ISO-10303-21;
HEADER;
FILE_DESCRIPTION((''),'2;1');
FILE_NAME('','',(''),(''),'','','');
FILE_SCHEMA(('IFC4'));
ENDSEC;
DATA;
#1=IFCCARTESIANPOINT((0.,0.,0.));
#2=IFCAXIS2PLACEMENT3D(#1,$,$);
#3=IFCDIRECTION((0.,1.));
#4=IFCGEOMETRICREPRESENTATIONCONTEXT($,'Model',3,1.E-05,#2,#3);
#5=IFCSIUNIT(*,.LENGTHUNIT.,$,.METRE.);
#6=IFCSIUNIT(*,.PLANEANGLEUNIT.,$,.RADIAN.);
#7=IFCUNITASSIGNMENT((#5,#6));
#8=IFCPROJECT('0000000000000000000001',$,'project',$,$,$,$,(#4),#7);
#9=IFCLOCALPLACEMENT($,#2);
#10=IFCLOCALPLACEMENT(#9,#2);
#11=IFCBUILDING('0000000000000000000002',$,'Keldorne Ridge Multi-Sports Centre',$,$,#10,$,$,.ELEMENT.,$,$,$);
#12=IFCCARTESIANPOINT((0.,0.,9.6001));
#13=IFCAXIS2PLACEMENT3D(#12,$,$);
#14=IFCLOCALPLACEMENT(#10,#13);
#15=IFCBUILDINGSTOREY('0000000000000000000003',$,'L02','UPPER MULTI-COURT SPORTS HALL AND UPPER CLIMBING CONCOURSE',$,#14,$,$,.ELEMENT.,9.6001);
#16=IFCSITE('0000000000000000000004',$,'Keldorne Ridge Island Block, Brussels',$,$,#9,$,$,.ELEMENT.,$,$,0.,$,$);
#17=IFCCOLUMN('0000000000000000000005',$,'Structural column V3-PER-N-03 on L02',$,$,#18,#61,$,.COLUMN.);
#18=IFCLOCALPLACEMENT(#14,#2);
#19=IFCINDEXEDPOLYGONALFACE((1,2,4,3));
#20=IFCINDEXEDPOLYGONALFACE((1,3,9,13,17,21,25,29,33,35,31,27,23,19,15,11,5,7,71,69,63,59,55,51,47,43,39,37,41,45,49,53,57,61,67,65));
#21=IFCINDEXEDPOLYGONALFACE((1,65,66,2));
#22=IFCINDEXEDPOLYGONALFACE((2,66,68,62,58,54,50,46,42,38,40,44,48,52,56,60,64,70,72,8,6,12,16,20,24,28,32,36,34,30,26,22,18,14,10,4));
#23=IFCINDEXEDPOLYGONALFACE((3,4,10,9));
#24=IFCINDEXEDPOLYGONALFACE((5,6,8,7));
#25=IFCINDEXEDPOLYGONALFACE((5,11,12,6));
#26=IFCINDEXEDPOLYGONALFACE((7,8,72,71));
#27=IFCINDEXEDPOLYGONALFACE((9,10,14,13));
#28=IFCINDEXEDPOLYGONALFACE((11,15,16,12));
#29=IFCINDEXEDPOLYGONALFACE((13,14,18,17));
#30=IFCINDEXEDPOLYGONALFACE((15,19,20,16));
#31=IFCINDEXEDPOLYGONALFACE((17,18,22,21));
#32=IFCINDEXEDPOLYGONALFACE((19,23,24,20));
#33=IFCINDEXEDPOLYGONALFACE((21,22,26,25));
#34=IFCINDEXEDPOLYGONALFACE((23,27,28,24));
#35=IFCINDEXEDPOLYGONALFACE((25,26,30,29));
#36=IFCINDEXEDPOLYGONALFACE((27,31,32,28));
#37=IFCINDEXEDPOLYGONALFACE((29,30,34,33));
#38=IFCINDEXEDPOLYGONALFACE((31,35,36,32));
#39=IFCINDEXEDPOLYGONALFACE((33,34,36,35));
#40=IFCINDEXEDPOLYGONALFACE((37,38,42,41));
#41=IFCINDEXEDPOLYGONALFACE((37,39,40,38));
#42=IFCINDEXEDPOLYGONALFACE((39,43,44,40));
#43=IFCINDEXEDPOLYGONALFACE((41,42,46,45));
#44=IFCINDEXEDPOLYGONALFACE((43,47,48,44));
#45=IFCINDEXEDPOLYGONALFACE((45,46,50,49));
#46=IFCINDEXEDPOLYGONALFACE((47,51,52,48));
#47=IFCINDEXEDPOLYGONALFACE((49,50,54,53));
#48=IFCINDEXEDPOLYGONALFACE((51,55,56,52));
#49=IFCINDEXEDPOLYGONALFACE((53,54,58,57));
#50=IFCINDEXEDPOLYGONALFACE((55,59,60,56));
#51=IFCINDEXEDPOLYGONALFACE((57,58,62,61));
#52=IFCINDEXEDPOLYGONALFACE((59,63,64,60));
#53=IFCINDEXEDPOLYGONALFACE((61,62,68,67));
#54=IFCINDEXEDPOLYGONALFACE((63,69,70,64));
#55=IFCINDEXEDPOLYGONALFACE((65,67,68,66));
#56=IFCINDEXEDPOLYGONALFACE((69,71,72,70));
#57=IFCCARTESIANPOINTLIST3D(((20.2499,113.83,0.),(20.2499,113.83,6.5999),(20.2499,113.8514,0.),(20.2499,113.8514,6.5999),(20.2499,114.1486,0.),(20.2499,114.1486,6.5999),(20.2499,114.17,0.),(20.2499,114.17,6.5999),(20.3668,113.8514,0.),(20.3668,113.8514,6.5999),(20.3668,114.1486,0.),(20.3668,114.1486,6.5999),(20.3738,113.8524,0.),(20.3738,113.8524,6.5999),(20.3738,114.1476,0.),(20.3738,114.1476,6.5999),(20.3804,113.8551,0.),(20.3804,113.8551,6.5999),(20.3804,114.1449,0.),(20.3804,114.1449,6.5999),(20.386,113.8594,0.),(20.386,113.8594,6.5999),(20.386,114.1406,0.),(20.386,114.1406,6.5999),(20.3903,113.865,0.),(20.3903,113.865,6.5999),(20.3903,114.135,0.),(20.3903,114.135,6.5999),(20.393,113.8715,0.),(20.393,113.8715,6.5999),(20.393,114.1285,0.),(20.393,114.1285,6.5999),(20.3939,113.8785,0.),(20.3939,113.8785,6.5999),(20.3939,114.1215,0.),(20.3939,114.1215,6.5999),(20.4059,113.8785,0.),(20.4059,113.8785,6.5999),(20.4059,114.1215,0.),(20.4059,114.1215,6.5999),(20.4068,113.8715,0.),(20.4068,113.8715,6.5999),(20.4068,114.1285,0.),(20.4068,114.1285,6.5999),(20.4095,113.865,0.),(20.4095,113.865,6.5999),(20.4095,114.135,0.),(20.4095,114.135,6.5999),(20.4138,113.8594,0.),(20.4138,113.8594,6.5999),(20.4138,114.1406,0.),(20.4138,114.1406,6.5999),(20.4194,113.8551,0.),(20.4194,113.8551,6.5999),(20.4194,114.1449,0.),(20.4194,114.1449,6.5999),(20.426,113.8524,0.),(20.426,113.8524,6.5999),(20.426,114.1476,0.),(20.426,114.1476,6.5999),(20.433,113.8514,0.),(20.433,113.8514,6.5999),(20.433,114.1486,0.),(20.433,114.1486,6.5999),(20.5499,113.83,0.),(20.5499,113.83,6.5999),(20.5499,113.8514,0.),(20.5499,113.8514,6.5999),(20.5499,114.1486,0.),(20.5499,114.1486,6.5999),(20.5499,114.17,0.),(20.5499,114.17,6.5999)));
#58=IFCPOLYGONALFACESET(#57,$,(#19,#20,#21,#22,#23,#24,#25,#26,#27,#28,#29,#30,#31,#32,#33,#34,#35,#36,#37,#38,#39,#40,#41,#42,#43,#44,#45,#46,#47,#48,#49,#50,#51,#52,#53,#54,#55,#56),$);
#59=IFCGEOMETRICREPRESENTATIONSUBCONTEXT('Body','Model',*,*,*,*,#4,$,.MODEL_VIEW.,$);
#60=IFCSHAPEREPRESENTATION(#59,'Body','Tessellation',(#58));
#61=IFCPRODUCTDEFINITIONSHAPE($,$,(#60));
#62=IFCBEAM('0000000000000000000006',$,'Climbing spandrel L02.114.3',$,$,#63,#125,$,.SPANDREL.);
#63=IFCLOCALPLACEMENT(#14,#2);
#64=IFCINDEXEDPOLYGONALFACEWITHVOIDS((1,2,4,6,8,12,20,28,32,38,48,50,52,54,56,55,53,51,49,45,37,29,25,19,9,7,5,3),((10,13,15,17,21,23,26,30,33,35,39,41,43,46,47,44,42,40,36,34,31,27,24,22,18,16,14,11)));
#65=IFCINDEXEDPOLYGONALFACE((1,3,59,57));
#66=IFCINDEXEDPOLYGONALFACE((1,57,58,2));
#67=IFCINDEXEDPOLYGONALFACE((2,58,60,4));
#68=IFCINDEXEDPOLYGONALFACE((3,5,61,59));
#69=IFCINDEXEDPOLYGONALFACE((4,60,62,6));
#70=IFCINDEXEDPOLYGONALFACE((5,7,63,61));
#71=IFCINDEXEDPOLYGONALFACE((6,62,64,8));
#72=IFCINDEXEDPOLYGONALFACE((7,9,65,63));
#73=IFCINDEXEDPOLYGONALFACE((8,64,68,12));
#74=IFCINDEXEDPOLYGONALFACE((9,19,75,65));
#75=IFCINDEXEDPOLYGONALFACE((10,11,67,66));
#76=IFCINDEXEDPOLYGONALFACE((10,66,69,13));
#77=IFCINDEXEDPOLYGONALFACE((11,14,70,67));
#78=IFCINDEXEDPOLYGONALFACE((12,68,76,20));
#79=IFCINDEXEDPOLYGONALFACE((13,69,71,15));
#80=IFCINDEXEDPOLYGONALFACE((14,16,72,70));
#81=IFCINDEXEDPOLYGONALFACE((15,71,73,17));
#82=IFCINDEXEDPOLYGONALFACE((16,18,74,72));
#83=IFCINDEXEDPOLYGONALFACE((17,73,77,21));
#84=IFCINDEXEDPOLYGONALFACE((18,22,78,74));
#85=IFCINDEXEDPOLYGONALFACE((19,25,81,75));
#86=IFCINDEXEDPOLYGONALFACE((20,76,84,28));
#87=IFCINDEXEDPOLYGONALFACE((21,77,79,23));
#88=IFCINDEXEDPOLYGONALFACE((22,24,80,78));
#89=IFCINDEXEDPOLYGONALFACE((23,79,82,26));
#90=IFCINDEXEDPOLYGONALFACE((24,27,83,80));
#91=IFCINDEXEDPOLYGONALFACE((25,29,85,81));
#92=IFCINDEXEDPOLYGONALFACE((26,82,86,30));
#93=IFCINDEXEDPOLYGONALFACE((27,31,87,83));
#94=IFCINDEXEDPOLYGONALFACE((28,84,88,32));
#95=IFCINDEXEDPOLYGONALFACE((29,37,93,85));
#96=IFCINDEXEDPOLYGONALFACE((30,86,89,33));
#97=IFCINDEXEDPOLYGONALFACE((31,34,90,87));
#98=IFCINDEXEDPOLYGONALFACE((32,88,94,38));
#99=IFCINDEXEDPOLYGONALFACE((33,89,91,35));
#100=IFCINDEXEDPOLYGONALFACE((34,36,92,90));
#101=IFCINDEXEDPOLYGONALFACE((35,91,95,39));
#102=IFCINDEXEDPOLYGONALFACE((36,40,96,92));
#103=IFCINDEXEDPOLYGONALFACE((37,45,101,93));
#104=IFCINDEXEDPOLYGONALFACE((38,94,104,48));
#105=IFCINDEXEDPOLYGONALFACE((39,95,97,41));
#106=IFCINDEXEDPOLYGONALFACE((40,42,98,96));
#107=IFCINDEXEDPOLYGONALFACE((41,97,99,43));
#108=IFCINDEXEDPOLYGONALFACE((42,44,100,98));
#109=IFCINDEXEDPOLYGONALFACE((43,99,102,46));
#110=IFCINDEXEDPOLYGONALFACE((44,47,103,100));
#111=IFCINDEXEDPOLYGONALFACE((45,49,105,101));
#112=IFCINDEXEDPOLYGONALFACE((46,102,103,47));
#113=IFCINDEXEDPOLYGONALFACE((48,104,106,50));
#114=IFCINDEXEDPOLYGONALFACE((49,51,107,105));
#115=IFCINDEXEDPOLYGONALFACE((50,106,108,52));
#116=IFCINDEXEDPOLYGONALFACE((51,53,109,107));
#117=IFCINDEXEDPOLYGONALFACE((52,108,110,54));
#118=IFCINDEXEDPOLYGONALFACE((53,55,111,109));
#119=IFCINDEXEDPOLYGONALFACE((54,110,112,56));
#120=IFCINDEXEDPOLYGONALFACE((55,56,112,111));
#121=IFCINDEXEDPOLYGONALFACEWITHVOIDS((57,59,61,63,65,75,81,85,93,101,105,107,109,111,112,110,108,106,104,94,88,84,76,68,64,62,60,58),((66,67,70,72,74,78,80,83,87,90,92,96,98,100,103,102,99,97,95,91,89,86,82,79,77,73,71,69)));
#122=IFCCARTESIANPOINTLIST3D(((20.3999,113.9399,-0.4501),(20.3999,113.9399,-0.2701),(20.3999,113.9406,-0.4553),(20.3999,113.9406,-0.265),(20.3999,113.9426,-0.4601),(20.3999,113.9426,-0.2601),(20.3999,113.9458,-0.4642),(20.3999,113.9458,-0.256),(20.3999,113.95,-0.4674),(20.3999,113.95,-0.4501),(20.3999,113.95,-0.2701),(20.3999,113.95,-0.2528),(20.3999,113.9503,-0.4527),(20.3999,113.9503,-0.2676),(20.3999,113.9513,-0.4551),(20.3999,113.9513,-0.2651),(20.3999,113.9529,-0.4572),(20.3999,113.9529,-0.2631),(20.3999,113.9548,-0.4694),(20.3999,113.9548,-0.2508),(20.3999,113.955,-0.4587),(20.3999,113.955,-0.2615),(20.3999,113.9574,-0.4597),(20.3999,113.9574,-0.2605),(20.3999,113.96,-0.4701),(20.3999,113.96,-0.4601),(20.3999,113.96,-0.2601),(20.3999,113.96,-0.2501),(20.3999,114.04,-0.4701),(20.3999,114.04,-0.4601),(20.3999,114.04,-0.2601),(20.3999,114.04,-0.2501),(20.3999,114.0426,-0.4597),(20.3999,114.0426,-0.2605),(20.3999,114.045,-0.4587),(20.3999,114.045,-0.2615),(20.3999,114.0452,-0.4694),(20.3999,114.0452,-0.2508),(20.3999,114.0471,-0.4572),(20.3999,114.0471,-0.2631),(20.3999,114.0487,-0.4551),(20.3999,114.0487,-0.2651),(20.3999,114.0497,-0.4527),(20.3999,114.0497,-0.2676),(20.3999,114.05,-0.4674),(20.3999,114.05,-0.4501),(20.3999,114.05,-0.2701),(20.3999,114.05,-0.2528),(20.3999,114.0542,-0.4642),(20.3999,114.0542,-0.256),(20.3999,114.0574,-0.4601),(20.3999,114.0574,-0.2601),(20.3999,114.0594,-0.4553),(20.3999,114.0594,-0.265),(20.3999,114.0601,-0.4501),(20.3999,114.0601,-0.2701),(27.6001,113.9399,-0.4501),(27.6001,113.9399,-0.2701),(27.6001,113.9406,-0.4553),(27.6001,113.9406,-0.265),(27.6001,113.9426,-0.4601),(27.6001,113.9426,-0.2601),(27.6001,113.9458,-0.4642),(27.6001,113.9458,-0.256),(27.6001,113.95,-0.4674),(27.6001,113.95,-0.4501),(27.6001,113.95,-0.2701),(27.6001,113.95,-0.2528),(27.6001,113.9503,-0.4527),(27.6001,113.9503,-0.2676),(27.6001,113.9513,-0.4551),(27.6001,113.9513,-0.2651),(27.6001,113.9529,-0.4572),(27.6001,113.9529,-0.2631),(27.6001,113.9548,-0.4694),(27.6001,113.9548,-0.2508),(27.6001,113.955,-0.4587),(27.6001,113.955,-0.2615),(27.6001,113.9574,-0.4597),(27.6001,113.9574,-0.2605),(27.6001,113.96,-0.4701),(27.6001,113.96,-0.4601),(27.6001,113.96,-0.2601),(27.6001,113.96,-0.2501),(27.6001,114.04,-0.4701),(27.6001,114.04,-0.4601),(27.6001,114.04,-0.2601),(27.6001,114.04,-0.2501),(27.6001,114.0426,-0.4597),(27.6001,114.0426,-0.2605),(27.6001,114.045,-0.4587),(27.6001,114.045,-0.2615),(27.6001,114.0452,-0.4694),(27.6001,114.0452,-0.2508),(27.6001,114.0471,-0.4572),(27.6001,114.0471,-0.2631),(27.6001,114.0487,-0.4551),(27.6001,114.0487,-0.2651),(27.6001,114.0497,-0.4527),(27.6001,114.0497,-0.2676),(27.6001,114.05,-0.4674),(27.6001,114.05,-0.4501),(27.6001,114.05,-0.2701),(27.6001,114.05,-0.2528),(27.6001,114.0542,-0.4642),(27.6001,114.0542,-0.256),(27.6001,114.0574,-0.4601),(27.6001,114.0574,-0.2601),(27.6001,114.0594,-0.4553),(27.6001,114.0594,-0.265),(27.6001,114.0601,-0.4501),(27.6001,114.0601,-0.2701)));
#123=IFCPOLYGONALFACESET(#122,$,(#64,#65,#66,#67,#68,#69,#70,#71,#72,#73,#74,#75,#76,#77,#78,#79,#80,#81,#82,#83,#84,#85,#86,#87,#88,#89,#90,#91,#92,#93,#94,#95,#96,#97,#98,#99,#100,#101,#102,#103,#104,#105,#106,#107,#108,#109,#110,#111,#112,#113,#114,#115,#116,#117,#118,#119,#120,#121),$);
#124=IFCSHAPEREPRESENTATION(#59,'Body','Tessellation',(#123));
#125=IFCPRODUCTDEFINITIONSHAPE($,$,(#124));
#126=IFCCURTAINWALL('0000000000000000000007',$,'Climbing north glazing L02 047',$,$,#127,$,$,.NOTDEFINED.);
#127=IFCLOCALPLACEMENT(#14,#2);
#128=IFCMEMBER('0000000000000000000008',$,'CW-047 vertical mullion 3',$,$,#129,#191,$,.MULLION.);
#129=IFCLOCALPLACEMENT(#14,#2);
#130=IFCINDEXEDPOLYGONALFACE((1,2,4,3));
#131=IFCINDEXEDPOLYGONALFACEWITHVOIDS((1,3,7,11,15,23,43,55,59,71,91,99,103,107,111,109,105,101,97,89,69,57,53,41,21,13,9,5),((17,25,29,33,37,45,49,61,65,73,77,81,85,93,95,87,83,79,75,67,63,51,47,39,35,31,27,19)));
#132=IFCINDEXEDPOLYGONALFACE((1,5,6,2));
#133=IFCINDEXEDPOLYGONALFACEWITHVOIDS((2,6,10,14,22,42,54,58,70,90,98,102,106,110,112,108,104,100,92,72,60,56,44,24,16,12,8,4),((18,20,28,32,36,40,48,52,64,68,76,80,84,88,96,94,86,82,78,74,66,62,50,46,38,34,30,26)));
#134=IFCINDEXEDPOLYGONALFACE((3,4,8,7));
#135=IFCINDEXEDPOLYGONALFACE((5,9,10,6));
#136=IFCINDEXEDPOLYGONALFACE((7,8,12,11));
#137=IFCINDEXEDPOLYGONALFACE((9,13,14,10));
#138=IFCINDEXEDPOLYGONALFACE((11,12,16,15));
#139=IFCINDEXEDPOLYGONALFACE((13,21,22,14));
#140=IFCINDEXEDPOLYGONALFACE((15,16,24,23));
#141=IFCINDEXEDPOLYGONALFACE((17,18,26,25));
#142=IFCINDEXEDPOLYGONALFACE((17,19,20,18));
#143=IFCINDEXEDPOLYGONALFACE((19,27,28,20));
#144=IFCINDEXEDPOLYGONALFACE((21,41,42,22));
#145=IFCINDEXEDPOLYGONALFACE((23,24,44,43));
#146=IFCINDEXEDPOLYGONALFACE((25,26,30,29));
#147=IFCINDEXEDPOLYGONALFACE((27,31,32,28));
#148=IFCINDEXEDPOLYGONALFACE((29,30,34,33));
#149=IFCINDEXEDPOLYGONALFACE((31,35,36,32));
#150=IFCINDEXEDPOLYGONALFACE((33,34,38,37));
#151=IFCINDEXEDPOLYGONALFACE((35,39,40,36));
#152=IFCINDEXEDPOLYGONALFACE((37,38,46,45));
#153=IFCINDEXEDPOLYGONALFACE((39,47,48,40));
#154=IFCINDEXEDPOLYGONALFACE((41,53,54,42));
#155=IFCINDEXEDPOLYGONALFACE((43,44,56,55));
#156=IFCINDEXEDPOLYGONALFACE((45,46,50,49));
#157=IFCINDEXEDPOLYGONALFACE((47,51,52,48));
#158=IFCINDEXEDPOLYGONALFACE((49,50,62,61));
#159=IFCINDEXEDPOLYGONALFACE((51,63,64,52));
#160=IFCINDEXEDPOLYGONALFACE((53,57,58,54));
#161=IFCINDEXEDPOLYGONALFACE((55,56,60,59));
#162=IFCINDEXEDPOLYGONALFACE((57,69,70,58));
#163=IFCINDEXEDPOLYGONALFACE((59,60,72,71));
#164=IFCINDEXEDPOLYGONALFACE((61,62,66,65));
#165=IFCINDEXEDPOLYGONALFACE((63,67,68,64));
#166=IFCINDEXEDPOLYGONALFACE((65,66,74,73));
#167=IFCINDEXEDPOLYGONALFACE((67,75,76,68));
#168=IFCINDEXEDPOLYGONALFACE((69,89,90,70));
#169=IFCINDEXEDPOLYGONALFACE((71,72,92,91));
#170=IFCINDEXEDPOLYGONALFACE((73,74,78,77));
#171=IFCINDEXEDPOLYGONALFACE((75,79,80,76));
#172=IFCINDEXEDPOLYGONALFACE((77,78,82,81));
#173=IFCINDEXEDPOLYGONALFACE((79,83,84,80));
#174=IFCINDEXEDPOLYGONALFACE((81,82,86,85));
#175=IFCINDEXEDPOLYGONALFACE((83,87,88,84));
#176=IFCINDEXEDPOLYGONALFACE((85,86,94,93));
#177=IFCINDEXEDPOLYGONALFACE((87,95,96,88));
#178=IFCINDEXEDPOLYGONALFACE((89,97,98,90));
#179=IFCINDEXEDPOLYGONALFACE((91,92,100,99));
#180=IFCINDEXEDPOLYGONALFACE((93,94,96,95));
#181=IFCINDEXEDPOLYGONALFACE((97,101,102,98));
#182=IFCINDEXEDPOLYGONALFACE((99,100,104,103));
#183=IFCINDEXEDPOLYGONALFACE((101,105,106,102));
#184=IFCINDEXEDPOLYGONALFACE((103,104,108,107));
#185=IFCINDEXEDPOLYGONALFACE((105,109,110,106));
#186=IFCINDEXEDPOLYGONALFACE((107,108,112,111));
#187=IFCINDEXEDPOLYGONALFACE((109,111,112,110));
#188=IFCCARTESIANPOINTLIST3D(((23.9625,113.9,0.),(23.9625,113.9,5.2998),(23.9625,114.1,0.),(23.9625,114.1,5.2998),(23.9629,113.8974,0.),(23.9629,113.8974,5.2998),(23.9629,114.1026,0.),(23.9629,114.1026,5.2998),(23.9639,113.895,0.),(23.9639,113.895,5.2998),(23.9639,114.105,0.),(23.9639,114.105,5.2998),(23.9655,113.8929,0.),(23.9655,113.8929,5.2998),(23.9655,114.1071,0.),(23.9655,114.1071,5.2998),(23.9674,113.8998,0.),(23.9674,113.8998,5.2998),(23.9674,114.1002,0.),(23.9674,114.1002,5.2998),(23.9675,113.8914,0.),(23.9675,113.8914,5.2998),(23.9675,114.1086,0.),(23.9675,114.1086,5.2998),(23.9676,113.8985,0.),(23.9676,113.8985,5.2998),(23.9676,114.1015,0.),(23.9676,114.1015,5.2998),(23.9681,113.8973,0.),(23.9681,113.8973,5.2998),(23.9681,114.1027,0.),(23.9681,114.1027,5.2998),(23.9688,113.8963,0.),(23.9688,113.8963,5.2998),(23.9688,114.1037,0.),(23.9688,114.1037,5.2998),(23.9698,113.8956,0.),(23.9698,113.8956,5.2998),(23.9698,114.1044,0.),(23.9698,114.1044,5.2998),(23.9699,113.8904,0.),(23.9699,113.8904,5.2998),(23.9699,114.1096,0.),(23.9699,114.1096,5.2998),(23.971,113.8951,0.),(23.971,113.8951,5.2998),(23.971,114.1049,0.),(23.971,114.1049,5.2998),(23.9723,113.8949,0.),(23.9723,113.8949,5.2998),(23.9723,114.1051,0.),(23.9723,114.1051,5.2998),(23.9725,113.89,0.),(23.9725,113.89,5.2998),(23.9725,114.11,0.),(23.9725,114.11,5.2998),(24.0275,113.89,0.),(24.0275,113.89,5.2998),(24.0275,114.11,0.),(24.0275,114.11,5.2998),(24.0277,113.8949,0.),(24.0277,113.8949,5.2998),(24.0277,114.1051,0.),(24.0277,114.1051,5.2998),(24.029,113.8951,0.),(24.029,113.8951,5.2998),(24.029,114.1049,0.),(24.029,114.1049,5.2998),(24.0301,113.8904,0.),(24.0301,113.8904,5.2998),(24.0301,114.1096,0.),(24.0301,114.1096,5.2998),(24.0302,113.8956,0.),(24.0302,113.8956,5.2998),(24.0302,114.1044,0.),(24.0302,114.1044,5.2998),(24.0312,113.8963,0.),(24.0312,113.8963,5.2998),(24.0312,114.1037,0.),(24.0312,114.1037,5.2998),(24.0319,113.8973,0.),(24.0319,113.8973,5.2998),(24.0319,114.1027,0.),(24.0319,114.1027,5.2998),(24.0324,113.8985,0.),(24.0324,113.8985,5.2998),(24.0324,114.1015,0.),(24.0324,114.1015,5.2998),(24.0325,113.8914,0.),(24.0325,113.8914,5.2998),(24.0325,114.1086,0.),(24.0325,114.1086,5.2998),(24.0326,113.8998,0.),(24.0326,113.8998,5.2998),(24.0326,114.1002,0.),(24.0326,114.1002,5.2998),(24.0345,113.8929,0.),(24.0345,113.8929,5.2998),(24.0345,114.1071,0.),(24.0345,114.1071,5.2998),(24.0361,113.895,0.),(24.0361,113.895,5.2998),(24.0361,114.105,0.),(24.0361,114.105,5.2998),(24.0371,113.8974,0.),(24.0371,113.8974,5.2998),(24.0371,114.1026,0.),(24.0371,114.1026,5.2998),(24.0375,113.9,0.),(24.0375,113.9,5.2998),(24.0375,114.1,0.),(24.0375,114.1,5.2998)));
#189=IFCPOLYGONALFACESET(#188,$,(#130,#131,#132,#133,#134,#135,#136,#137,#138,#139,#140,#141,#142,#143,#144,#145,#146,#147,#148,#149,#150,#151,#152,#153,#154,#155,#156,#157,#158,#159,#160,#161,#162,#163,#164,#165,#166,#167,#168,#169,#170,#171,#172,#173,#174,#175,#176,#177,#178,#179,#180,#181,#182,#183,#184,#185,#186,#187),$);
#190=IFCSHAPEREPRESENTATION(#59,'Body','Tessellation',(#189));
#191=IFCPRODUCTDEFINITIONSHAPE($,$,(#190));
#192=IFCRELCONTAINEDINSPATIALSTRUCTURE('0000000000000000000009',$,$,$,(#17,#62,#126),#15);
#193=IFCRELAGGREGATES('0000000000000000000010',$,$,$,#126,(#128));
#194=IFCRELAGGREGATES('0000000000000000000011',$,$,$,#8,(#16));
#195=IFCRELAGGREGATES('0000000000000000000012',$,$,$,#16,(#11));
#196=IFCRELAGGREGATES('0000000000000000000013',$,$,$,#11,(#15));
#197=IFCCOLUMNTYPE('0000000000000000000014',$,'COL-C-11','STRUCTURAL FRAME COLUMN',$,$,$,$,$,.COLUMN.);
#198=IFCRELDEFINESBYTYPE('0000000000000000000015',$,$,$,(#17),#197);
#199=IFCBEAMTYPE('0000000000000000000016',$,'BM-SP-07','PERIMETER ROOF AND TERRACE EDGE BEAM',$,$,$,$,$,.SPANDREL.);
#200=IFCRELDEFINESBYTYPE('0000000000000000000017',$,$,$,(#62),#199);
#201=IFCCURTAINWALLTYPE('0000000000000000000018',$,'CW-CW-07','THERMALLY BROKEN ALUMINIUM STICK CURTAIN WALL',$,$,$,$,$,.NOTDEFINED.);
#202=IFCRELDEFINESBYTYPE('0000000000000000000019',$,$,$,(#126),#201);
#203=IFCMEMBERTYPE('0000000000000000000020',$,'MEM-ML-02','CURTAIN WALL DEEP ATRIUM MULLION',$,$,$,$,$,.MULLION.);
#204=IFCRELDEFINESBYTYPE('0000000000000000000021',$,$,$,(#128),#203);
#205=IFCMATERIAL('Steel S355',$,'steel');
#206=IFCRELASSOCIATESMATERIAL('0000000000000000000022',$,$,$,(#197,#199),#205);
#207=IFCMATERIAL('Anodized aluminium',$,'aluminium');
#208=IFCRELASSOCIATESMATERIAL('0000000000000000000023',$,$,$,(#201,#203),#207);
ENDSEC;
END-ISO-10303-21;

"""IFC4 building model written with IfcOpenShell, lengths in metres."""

from ifc_helpers import new_model, si_unit, direction, frame, origin, origin_2d, place, context, subcontext, project, spatial, hollow_rectangle, i_section, extrude, material, material_profile, profile_set, type_object, element, aggregate, save


model = new_model("IFC4")

# Units and contexts
model_context = context("Model", 3, precision=1e-05, world=origin(), true_north=direction((0.0, 1.0)))
body_context = subcontext(model_context, "Body", "Model", "MODEL_VIEW")
ifc_project = project(units=[si_unit("LENGTHUNIT", "METRE"), si_unit("PLANEANGLEUNIT", "RADIAN")], contexts=[model_context])

# Site, building, storey
site_placement = place(None, origin())
site = spatial("IfcSite", under=ifc_project, at=site_placement, Name="Keldorne Ridge Island Block, Brussels", CompositionType="ELEMENT", RefElevation=0.0)
building_placement = place(site_placement, origin())
building = spatial("IfcBuilding", under=site, at=building_placement, Name="Keldorne Ridge Multi-Sports Centre", CompositionType="ELEMENT")
storey_placement = place(building_placement, frame((0.0, 0.0, 9.6001)))
storey = spatial("IfcBuildingStorey", under=building, at=storey_placement, Name="L02", Description="UPPER MULTI-COURT SPORTS HALL AND UPPER CLIMBING CONCOURSE", CompositionType="ELEMENT", Elevation=9.6001)

# Column
ifc_material_1 = material(Name="Steel S355", Category="steel")
ifc_material_profile_1 = material_profile(ifc_material_1, i_section(OverallWidth=0.3, OverallDepth=0.3401, WebThickness=0.012, FlangeThickness=0.0215, FilletRadius=0.0271, at=origin_2d()), Name="HEB 340")
ifc_profile_set_1 = profile_set([ifc_material_profile_1], Name="Steel S355")
column_type = type_object("IfcColumnType", Name="COL-C-11", Description="STRUCTURAL FRAME COLUMN", PredefinedType="COLUMN", material=ifc_profile_set_1)
column_placement = place(storey_placement, frame((20.3999, 114.0, 0.0), z_axis=(0.0, 0.0, 1.0), x_axis=(1.0, 0.0, 0.0)))
element("IfcColumn", 1, at=column_placement, inside=storey, type_object=column_type, Name="Structural column V3-PER-N-03 on L02", PredefinedType="COLUMN", context=body_context, shape_type="SweptSolid", body=[
    extrude(i_section(OverallWidth=0.3, OverallDepth=0.3401, WebThickness=0.012, FlangeThickness=0.0215, FilletRadius=0.0271, at=origin_2d()), origin(), (0.0, 0.0, 1.0), 6.5999),
])

# Beam
ifc_material_profile_2 = material_profile(ifc_material_1, hollow_rectangle(XDim=0.1201, YDim=0.22, WallThickness=0.01, InnerFilletRadius=0.01, OuterFilletRadius=0.02, at=origin_2d()), Name="RHS 220x120x10")
ifc_profile_set_2 = profile_set([ifc_material_profile_2], Name="Steel S355")
beam_type = type_object("IfcBeamType", Name="BM-SP-07", Description="PERIMETER ROOF AND TERRACE EDGE BEAM", PredefinedType="SPANDREL", material=ifc_profile_set_2)
beam_placement = place(storey_placement, frame((20.3999, 114.0, -0.3601), z_axis=(1.0, 0.0, 0.0), x_axis=(0.0, 1.0, 0.0)))
element("IfcBeam", 2, at=beam_placement, inside=storey, type_object=beam_type, Name="Climbing spandrel L02.114.3", PredefinedType="SPANDREL", context=body_context, shape_type="SweptSolid", body=[
    extrude(hollow_rectangle(XDim=0.1201, YDim=0.22, WallThickness=0.01, InnerFilletRadius=0.01, OuterFilletRadius=0.02, at=origin_2d()), origin(), (0.0, 0.0, 1.0), 7.2002),
])

# Curtain wall, member
ifc_material_2 = material(Name="Anodized aluminium", Category="aluminium")
curtain_wall_type = type_object("IfcCurtainWallType", Name="CW-CW-07", Description="THERMALLY BROKEN ALUMINIUM STICK CURTAIN WALL", PredefinedType="NOTDEFINED", material=ifc_material_2)
curtain_wall_placement = place(storey_placement, origin())
curtain_wall = element("IfcCurtainWall", 3, at=curtain_wall_placement, inside=storey, type_object=curtain_wall_type, Name="Climbing north glazing L02 047", PredefinedType="NOTDEFINED")
ifc_material_profile_3 = material_profile(ifc_material_2, hollow_rectangle(XDim=0.075, YDim=0.22, WallThickness=0.0049, InnerFilletRadius=0.0049, OuterFilletRadius=0.01, at=origin_2d()), Name="ALU MULLION 220x75x5")
ifc_profile_set_3 = profile_set([ifc_material_profile_3], Name="Anodized aluminium")
member_type_1 = type_object("IfcMemberType", Name="MEM-ML-02", Description="CURTAIN WALL DEEP ATRIUM MULLION", PredefinedType="MULLION", material=ifc_profile_set_3)
member_1_placement = place(storey_placement, frame((24.0, 114.0, 0.0), z_axis=(0.0, 0.0, 1.0), x_axis=(1.0, 0.0, 0.0)))
member_1 = element("IfcMember", 4, at=member_1_placement, type_object=member_type_1, Name="CW-047 vertical mullion 3", PredefinedType="MULLION", context=body_context, shape_type="SweptSolid", body=[
    extrude(hollow_rectangle(XDim=0.075, YDim=0.22, WallThickness=0.0049, InnerFilletRadius=0.0049, OuterFilletRadius=0.01, at=origin_2d()), origin(), (0.0, 0.0, 1.0), 5.2998),
])

aggregate(curtain_wall, [member_1])

save(model, "model.ifc")
